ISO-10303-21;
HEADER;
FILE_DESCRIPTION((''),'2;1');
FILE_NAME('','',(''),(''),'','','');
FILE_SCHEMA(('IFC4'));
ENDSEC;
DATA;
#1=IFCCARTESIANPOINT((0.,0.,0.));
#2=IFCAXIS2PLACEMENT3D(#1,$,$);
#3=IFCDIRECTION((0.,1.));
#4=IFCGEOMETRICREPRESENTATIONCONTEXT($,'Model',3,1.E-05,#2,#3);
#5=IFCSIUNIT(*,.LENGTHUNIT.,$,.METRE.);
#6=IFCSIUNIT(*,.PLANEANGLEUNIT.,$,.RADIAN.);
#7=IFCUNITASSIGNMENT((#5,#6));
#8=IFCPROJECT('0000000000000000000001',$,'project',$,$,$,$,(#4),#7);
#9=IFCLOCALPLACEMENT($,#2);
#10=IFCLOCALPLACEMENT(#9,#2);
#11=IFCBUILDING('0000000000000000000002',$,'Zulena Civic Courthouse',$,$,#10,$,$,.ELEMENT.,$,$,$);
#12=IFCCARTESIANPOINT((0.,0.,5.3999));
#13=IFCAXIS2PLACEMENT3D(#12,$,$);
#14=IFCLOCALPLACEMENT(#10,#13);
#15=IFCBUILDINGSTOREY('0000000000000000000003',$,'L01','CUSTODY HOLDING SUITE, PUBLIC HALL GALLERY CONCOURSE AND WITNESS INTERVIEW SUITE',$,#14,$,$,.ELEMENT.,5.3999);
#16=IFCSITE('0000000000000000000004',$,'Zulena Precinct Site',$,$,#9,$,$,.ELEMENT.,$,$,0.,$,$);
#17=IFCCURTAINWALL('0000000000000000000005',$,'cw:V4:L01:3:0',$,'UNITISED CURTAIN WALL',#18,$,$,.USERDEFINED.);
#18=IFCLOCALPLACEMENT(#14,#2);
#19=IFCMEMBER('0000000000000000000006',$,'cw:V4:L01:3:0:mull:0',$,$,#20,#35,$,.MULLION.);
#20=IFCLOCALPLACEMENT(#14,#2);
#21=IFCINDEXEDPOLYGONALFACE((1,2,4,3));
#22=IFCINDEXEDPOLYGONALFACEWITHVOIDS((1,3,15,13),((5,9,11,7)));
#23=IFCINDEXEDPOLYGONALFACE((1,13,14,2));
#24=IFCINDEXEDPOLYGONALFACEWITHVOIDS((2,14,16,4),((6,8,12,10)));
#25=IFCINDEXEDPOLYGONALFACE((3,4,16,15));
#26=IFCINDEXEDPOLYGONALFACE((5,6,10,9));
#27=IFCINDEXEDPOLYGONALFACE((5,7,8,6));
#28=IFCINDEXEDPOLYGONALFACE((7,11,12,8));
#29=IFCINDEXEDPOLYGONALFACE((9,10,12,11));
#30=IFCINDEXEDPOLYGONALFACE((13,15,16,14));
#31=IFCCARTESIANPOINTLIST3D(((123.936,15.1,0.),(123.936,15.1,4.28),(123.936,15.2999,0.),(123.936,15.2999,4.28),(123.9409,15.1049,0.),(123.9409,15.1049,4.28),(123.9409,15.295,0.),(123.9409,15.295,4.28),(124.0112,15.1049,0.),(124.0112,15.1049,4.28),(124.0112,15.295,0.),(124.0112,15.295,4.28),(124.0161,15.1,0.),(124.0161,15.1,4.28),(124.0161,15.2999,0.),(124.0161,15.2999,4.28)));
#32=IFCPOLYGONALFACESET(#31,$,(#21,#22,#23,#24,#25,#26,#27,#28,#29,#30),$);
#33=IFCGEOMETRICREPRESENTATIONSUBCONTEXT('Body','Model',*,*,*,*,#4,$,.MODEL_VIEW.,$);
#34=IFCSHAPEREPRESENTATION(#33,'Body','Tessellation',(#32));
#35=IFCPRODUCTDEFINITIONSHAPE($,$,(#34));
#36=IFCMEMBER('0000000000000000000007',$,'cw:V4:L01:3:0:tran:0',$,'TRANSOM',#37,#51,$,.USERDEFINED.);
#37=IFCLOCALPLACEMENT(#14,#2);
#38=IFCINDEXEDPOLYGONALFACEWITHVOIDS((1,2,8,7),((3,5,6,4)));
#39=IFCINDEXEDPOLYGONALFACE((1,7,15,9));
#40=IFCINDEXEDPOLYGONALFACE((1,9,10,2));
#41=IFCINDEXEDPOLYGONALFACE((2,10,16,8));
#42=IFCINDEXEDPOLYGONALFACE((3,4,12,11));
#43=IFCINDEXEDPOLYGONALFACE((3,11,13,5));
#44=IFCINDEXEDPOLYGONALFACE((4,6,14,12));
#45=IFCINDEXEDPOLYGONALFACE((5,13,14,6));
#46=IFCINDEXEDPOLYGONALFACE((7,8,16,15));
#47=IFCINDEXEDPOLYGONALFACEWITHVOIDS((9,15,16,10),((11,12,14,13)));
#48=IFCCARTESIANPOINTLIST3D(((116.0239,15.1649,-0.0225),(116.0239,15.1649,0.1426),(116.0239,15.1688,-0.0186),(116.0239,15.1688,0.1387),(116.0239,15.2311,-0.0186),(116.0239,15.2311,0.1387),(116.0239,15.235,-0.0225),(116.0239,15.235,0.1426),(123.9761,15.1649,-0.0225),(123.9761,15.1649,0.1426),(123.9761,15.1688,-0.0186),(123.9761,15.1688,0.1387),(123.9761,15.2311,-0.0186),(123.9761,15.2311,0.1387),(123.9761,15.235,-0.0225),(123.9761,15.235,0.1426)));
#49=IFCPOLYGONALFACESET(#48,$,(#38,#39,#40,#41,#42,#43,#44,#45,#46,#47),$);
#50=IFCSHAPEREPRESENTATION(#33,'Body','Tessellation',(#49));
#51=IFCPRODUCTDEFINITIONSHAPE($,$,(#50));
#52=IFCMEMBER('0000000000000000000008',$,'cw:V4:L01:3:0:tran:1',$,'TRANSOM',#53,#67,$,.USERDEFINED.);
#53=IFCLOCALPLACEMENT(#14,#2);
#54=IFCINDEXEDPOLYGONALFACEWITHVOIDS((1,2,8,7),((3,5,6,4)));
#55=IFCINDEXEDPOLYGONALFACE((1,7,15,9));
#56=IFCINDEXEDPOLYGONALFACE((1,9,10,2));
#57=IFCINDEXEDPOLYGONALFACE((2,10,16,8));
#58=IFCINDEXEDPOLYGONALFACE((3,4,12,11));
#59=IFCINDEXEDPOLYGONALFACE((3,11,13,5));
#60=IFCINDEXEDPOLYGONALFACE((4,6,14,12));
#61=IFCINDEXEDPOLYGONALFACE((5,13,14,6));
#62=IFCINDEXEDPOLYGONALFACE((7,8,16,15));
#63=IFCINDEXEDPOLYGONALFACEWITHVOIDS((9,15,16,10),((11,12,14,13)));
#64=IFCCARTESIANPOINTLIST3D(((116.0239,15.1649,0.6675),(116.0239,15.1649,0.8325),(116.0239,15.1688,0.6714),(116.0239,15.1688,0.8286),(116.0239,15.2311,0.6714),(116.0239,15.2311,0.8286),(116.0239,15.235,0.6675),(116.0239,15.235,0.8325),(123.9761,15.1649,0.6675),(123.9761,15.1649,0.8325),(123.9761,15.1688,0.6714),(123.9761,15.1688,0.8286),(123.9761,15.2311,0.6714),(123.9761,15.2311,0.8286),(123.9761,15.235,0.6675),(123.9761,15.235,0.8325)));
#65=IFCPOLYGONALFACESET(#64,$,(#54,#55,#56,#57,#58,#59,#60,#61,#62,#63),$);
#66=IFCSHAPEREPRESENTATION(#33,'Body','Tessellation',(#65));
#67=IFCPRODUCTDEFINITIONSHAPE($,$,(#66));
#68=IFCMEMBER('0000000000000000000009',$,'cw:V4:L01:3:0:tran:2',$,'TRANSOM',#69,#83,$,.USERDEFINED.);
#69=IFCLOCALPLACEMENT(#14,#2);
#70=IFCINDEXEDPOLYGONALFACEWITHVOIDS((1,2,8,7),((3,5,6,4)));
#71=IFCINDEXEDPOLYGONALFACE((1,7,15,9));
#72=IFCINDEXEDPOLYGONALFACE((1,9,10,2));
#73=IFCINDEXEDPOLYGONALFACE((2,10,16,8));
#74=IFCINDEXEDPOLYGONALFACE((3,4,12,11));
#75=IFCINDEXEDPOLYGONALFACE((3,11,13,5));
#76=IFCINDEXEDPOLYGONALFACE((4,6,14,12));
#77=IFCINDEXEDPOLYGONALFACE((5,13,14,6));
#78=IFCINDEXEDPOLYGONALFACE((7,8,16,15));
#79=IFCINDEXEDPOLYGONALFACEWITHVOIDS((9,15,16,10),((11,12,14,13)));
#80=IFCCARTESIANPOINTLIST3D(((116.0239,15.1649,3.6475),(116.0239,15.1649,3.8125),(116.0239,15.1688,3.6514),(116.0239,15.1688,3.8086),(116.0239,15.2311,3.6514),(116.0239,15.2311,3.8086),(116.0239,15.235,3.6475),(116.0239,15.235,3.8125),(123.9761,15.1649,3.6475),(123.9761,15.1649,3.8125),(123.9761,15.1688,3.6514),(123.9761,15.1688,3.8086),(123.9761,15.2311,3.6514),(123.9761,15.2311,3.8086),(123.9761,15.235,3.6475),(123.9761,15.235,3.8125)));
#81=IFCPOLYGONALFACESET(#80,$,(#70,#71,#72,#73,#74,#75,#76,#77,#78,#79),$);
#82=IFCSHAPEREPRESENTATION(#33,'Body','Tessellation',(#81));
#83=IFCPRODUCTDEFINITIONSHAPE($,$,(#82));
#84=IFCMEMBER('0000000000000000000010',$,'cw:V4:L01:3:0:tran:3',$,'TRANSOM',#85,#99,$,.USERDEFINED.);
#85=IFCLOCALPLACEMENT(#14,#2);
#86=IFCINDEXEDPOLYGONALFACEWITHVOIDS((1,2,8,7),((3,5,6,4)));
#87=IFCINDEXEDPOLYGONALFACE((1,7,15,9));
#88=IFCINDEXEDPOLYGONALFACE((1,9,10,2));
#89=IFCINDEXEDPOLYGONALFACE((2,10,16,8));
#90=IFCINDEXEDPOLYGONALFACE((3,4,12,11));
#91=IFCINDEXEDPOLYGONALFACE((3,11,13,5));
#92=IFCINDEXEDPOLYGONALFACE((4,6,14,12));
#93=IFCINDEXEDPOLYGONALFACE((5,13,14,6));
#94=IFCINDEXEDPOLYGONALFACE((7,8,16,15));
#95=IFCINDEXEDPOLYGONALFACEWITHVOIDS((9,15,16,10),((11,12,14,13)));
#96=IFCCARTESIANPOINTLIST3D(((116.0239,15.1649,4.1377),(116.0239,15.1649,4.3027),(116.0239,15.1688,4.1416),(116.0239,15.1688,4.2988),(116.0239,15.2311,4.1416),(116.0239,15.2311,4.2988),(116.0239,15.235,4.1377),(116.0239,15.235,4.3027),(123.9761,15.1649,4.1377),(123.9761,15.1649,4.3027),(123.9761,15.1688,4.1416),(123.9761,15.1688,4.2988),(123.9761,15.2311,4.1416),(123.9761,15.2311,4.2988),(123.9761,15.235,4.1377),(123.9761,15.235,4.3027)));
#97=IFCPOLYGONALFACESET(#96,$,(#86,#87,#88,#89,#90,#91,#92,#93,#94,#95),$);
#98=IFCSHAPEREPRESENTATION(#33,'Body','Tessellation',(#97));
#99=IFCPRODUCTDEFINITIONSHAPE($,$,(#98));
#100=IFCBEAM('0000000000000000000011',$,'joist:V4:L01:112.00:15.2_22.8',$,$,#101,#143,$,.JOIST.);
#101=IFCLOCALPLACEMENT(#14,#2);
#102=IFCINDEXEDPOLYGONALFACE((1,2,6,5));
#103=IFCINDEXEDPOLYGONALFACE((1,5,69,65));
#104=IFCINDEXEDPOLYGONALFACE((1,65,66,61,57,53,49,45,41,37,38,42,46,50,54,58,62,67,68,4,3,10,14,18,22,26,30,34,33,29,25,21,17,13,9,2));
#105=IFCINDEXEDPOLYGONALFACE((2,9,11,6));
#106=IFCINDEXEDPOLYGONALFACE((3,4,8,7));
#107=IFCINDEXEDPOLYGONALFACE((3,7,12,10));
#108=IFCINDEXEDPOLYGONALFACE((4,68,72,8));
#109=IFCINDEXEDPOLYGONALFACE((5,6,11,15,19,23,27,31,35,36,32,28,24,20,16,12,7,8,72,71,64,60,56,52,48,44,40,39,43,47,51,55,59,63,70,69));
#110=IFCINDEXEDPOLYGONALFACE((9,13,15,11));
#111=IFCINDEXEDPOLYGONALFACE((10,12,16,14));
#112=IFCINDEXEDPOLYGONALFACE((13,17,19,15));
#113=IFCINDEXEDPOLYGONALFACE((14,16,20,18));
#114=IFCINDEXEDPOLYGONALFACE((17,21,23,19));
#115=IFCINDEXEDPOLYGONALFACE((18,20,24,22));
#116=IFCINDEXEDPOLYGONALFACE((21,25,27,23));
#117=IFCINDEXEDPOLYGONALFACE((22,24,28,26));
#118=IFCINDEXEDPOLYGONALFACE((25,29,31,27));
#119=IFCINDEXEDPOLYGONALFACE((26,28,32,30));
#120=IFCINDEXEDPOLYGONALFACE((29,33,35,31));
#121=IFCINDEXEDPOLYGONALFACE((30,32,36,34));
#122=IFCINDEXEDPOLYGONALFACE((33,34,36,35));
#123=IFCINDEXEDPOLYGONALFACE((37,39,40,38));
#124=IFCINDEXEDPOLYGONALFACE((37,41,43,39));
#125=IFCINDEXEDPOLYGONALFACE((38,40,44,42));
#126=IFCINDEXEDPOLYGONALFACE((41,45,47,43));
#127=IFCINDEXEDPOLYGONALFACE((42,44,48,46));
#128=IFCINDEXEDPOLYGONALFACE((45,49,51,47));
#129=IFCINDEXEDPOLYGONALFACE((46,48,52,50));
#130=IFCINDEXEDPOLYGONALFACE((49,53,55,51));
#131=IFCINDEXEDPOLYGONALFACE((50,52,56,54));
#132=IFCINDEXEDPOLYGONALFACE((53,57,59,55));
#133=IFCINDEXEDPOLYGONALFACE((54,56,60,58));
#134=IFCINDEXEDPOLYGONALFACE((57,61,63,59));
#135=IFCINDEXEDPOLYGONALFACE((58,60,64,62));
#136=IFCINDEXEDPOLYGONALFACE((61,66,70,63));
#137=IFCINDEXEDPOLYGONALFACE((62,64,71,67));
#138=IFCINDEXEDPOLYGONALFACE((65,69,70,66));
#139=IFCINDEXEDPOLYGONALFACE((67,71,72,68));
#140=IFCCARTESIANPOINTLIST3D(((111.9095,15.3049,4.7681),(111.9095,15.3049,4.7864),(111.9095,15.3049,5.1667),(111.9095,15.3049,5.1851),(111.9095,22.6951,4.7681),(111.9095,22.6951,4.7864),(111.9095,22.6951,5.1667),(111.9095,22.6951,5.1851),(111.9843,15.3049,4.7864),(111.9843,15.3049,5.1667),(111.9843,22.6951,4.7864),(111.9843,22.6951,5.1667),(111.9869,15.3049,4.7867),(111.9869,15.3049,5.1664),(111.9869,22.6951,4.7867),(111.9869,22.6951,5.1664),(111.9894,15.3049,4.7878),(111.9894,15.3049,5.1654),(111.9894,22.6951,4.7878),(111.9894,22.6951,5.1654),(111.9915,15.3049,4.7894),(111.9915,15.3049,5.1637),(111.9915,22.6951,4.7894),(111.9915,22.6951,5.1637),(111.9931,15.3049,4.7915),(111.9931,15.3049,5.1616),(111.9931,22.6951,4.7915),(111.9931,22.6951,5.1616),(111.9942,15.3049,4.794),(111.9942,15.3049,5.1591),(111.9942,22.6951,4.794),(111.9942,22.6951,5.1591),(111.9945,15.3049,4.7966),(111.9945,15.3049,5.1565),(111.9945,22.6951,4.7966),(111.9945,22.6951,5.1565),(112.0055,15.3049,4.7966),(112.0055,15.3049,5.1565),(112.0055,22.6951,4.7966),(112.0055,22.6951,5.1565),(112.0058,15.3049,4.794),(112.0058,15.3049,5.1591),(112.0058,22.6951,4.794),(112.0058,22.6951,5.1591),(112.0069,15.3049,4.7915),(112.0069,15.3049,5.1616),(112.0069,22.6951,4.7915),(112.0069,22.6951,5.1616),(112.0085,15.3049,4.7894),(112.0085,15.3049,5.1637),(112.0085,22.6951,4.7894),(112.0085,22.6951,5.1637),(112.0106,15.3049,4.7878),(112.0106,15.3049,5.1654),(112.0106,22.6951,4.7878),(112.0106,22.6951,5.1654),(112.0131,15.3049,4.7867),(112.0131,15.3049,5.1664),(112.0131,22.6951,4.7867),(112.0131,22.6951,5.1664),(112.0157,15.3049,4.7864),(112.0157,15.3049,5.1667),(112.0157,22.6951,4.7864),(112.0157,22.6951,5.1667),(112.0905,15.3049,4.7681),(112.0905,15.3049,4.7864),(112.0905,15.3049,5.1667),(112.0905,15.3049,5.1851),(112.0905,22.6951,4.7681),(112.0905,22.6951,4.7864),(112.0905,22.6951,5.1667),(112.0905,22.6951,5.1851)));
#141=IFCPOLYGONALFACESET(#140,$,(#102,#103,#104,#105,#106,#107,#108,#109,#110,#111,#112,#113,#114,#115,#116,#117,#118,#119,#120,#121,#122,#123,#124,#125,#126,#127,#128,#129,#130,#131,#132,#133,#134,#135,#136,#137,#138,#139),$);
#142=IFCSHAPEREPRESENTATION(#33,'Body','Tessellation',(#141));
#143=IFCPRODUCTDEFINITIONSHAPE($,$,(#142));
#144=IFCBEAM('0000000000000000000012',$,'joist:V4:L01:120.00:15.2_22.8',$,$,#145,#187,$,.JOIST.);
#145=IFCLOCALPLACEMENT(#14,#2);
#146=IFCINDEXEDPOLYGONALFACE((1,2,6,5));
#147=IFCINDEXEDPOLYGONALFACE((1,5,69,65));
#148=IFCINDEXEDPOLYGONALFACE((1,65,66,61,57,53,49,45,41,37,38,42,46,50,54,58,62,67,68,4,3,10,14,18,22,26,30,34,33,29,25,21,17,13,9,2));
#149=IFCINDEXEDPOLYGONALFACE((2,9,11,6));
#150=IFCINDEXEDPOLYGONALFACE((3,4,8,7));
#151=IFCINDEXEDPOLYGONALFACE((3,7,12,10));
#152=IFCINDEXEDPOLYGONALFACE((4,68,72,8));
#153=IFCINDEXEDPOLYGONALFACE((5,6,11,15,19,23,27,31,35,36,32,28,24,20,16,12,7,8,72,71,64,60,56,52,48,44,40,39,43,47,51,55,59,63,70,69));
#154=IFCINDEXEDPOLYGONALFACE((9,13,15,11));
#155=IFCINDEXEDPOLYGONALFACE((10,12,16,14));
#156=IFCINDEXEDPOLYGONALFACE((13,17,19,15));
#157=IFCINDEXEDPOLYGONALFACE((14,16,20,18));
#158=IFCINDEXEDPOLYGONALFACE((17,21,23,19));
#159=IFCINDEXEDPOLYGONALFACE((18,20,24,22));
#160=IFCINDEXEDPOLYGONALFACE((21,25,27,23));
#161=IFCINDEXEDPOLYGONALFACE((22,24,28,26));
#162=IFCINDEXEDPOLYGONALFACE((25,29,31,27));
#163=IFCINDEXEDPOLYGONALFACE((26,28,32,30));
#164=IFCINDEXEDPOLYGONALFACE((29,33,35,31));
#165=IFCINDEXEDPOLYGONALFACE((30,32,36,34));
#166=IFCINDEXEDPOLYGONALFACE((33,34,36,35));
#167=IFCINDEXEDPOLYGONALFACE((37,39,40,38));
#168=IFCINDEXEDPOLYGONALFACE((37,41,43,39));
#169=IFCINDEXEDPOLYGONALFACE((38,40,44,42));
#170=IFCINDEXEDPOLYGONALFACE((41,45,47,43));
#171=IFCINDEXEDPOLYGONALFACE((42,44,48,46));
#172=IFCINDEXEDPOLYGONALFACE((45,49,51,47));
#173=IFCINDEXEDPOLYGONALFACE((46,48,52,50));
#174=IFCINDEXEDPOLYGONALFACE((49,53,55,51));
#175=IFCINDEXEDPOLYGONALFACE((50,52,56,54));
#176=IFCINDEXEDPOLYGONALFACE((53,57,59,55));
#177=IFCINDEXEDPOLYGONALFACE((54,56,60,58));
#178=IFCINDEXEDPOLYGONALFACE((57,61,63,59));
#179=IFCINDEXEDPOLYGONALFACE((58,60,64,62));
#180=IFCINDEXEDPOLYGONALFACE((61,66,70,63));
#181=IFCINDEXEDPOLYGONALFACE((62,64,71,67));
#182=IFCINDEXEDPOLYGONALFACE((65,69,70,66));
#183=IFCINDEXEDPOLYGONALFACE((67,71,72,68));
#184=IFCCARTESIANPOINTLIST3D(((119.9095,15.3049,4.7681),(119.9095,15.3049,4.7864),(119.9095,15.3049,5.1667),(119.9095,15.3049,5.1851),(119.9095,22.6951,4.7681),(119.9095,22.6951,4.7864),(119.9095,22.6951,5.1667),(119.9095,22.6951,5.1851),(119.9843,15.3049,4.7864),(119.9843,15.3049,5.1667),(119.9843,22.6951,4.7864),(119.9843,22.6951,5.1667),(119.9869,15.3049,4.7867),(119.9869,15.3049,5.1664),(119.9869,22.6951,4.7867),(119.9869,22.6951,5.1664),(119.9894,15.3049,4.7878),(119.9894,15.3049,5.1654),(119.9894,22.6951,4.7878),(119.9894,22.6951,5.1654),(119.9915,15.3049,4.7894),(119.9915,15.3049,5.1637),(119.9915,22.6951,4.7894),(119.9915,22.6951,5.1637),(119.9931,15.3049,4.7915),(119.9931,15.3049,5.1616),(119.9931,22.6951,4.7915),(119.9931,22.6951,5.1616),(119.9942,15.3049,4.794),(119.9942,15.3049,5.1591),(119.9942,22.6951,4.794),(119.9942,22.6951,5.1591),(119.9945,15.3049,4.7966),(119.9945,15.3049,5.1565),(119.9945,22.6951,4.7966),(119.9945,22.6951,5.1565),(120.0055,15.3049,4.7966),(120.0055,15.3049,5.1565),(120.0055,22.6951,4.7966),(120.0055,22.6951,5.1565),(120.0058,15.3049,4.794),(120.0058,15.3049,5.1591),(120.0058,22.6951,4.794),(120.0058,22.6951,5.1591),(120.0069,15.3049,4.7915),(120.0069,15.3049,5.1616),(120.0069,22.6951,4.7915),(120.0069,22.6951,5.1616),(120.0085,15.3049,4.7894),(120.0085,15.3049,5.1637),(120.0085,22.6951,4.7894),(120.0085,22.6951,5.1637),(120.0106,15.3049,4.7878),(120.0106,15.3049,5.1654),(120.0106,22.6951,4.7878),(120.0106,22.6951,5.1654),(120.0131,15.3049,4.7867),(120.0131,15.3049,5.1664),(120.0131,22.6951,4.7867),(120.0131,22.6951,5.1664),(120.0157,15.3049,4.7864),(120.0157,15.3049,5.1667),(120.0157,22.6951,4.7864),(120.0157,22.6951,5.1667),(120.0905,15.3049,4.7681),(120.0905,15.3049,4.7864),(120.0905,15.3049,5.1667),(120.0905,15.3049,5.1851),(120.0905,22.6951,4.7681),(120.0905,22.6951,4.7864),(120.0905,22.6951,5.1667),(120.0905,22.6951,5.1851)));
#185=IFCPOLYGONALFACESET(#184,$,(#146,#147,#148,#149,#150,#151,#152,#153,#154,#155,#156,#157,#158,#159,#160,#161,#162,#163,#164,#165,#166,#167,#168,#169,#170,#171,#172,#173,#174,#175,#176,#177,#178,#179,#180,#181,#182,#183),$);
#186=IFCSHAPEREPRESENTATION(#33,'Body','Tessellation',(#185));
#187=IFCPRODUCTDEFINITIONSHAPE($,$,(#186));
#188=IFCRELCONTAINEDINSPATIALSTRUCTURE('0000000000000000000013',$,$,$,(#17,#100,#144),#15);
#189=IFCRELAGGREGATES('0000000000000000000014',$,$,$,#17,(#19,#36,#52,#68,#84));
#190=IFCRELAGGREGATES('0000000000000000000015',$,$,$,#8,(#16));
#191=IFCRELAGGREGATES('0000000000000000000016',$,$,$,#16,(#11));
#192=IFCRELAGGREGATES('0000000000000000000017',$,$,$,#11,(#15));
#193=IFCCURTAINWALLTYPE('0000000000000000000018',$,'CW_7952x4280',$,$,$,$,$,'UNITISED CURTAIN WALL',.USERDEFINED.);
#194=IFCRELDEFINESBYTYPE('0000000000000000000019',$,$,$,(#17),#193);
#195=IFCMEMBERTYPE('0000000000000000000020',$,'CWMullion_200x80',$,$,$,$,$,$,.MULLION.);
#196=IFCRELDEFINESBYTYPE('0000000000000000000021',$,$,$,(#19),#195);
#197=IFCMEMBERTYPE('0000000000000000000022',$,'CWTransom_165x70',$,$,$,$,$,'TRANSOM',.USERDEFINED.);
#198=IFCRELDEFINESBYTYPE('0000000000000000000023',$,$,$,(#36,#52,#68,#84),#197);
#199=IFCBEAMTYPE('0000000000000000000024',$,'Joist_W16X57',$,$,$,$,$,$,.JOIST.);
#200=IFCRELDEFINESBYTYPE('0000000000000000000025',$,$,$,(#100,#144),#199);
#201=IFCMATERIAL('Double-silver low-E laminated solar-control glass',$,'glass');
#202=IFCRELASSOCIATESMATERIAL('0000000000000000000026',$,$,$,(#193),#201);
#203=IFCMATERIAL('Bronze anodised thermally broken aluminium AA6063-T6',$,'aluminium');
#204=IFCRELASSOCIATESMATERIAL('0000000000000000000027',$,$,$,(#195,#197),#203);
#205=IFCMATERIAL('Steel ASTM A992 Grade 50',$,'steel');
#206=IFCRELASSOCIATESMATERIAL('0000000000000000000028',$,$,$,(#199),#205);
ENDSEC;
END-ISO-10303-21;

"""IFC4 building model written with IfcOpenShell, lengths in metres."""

from ifc_helpers import new_model, si_unit, direction, frame, origin, origin_2d, place, context, subcontext, project, spatial, hollow_rectangle, i_section, extrude, material, material_profile, profile_set, type_object, element, aggregate, save


model = new_model("IFC4")

# Units and contexts
model_context = context("Model", 3, precision=1e-05, world=origin(), true_north=direction((0.0, 1.0)))
body_context = subcontext(model_context, "Body", "Model", "MODEL_VIEW")
ifc_project = project(units=[si_unit("LENGTHUNIT", "METRE"), si_unit("PLANEANGLEUNIT", "RADIAN")], contexts=[model_context])

# Site, building, storey
site_placement = place(None, origin())
site = spatial("IfcSite", under=ifc_project, at=site_placement, Name="Zulena Precinct Site", CompositionType="ELEMENT", RefElevation=0.0)
building_placement = place(site_placement, origin())
building = spatial("IfcBuilding", under=site, at=building_placement, Name="Zulena Civic Courthouse", CompositionType="ELEMENT")
storey_placement = place(building_placement, frame((0.0, 0.0, 5.3999)))
storey = spatial("IfcBuildingStorey", under=building, at=storey_placement, Name="L01", Description="CUSTODY HOLDING SUITE, PUBLIC HALL GALLERY CONCOURSE AND WITNESS INTERVIEW SUITE", CompositionType="ELEMENT", Elevation=5.3999)

# Shared definitions
ifc_material_1 = material(Name="Steel ASTM A992 Grade 50", Category="steel")

# Curtain wall, members
ifc_material_2 = material(Name="Double-silver low-E laminated solar-control glass", Category="glass")
curtain_wall_type = type_object("IfcCurtainWallType", Name="CW_7952x4280", ElementType="UNITISED CURTAIN WALL", PredefinedType="USERDEFINED", material=ifc_material_2)
curtain_wall_placement = place(storey_placement, origin())
curtain_wall = element("IfcCurtainWall", 1, at=curtain_wall_placement, inside=storey, type_object=curtain_wall_type, Name="cw:V4:L01:3:0", ObjectType="UNITISED CURTAIN WALL", PredefinedType="USERDEFINED")
ifc_material_3 = material(Name="Bronze anodised thermally broken aluminium AA6063-T6", Category="aluminium")
ifc_material_profile_1 = material_profile(ifc_material_3, hollow_rectangle(XDim=0.0801, YDim=0.2, WallThickness=0.0049, at=origin_2d()), Name="CWM200X80X5")
ifc_profile_set_1 = profile_set([ifc_material_profile_1], Name="Bronze anodised thermally broken aluminium AA6063-T6")
member_type_1 = type_object("IfcMemberType", Name="CWMullion_200x80", PredefinedType="MULLION", material=ifc_profile_set_1)
member_1_placement = place(storey_placement, frame((123.9761, 15.2, 0.0), z_axis=(0.0, 0.0, 1.0), x_axis=(1.0, 0.0, 0.0)))
member_1 = element("IfcMember", 2, at=member_1_placement, type_object=member_type_1, Name="cw:V4:L01:3:0:mull:0", PredefinedType="MULLION", context=body_context, shape_type="SweptSolid", body=[
    extrude(hollow_rectangle(XDim=0.0801, YDim=0.2, WallThickness=0.0049, at=origin_2d()), origin(), (0.0, 0.0, 1.0), 4.28),
])
ifc_material_profile_2 = material_profile(ifc_material_3, hollow_rectangle(XDim=0.0701, YDim=0.165, WallThickness=0.0039, at=origin_2d()), Name="CWT165X70X4")
ifc_profile_set_2 = profile_set([ifc_material_profile_2], Name="Bronze anodised thermally broken aluminium AA6063-T6")
member_type_2 = type_object("IfcMemberType", Name="CWTransom_165x70", ElementType="TRANSOM", PredefinedType="USERDEFINED", material=ifc_profile_set_2)
member_2_placement = place(storey_placement, frame((123.9761, 15.2, 0.0601), z_axis=(-1.0, 0.0, 0.0), x_axis=(0.0, -1.0, 0.0)))
member_2 = element("IfcMember", 3, at=member_2_placement, type_object=member_type_2, Name="cw:V4:L01:3:0:tran:0", ObjectType="TRANSOM", PredefinedType="USERDEFINED", context=body_context, shape_type="SweptSolid", body=[
    extrude(hollow_rectangle(XDim=0.0701, YDim=0.165, WallThickness=0.0039, at=origin_2d()), origin(), (0.0, 0.0, 1.0), 7.9521),
])
member_3_placement = place(storey_placement, frame((123.9761, 15.2, 0.75), z_axis=(-1.0, 0.0, 0.0), x_axis=(0.0, -1.0, 0.0)))
member_3 = element("IfcMember", 4, at=member_3_placement, type_object=member_type_2, Name="cw:V4:L01:3:0:tran:1", ObjectType="TRANSOM", PredefinedType="USERDEFINED", context=body_context, shape_type="SweptSolid", body=[
    extrude(hollow_rectangle(XDim=0.0701, YDim=0.165, WallThickness=0.0039, at=origin_2d()), origin(), (0.0, 0.0, 1.0), 7.9521),
])
member_4_placement = place(storey_placement, frame((123.9761, 15.2, 3.73), z_axis=(-1.0, 0.0, 0.0), x_axis=(0.0, -1.0, 0.0)))
member_4 = element("IfcMember", 5, at=member_4_placement, type_object=member_type_2, Name="cw:V4:L01:3:0:tran:2", ObjectType="TRANSOM", PredefinedType="USERDEFINED", context=body_context, shape_type="SweptSolid", body=[
    extrude(hollow_rectangle(XDim=0.0701, YDim=0.165, WallThickness=0.0039, at=origin_2d()), origin(), (0.0, 0.0, 1.0), 7.9521),
])
member_5_placement = place(storey_placement, frame((123.9761, 15.2, 4.2202), z_axis=(-1.0, 0.0, 0.0), x_axis=(0.0, -1.0, 0.0)))
member_5 = element("IfcMember", 6, at=member_5_placement, type_object=member_type_2, Name="cw:V4:L01:3:0:tran:3", ObjectType="TRANSOM", PredefinedType="USERDEFINED", context=body_context, shape_type="SweptSolid", body=[
    extrude(hollow_rectangle(XDim=0.0701, YDim=0.165, WallThickness=0.0039, at=origin_2d()), origin(), (0.0, 0.0, 1.0), 7.9521),
])

# Beams
ifc_material_profile_3 = material_profile(ifc_material_1, i_section(OverallWidth=0.1809, OverallDepth=0.417, WebThickness=0.011, FlangeThickness=0.0183, FilletRadius=0.0103, at=origin_2d()), Name="W16X57")
ifc_profile_set_3 = profile_set([ifc_material_profile_3], Name="Steel ASTM A992 Grade 50")
beam_type_1 = type_object("IfcBeamType", Name="Joist_W16X57", PredefinedType="JOIST", material=ifc_profile_set_3)
for number, where, z_axis, x_axis, name in (
    (7, (112.0, 15.3049, 4.9766), (0.0, 1.0, 0.0), (-1.0, 0.0, 0.0), "joist:V4:L01:112.00:15.2_22.8"),
    (8, (120.0, 15.3049, 4.9766), (0.0, 1.0, 0.0), (-1.0, 0.0, 0.0), "joist:V4:L01:120.00:15.2_22.8"),
):
    element("IfcBeam", number, at=place(storey_placement, frame(where, z_axis=z_axis, x_axis=x_axis)), inside=storey, type_object=beam_type_1, Name=name, PredefinedType="JOIST", context=body_context, shape_type="SweptSolid", body=[
        extrude(i_section(OverallWidth=0.1809, OverallDepth=0.417, WebThickness=0.011, FlangeThickness=0.0183, FilletRadius=0.0103, at=origin_2d()), origin(), (0.0, 0.0, 1.0), 7.3901),
    ])

aggregate(curtain_wall, [member_1, member_2, member_3, member_4, member_5])

save(model, "model.ifc")
